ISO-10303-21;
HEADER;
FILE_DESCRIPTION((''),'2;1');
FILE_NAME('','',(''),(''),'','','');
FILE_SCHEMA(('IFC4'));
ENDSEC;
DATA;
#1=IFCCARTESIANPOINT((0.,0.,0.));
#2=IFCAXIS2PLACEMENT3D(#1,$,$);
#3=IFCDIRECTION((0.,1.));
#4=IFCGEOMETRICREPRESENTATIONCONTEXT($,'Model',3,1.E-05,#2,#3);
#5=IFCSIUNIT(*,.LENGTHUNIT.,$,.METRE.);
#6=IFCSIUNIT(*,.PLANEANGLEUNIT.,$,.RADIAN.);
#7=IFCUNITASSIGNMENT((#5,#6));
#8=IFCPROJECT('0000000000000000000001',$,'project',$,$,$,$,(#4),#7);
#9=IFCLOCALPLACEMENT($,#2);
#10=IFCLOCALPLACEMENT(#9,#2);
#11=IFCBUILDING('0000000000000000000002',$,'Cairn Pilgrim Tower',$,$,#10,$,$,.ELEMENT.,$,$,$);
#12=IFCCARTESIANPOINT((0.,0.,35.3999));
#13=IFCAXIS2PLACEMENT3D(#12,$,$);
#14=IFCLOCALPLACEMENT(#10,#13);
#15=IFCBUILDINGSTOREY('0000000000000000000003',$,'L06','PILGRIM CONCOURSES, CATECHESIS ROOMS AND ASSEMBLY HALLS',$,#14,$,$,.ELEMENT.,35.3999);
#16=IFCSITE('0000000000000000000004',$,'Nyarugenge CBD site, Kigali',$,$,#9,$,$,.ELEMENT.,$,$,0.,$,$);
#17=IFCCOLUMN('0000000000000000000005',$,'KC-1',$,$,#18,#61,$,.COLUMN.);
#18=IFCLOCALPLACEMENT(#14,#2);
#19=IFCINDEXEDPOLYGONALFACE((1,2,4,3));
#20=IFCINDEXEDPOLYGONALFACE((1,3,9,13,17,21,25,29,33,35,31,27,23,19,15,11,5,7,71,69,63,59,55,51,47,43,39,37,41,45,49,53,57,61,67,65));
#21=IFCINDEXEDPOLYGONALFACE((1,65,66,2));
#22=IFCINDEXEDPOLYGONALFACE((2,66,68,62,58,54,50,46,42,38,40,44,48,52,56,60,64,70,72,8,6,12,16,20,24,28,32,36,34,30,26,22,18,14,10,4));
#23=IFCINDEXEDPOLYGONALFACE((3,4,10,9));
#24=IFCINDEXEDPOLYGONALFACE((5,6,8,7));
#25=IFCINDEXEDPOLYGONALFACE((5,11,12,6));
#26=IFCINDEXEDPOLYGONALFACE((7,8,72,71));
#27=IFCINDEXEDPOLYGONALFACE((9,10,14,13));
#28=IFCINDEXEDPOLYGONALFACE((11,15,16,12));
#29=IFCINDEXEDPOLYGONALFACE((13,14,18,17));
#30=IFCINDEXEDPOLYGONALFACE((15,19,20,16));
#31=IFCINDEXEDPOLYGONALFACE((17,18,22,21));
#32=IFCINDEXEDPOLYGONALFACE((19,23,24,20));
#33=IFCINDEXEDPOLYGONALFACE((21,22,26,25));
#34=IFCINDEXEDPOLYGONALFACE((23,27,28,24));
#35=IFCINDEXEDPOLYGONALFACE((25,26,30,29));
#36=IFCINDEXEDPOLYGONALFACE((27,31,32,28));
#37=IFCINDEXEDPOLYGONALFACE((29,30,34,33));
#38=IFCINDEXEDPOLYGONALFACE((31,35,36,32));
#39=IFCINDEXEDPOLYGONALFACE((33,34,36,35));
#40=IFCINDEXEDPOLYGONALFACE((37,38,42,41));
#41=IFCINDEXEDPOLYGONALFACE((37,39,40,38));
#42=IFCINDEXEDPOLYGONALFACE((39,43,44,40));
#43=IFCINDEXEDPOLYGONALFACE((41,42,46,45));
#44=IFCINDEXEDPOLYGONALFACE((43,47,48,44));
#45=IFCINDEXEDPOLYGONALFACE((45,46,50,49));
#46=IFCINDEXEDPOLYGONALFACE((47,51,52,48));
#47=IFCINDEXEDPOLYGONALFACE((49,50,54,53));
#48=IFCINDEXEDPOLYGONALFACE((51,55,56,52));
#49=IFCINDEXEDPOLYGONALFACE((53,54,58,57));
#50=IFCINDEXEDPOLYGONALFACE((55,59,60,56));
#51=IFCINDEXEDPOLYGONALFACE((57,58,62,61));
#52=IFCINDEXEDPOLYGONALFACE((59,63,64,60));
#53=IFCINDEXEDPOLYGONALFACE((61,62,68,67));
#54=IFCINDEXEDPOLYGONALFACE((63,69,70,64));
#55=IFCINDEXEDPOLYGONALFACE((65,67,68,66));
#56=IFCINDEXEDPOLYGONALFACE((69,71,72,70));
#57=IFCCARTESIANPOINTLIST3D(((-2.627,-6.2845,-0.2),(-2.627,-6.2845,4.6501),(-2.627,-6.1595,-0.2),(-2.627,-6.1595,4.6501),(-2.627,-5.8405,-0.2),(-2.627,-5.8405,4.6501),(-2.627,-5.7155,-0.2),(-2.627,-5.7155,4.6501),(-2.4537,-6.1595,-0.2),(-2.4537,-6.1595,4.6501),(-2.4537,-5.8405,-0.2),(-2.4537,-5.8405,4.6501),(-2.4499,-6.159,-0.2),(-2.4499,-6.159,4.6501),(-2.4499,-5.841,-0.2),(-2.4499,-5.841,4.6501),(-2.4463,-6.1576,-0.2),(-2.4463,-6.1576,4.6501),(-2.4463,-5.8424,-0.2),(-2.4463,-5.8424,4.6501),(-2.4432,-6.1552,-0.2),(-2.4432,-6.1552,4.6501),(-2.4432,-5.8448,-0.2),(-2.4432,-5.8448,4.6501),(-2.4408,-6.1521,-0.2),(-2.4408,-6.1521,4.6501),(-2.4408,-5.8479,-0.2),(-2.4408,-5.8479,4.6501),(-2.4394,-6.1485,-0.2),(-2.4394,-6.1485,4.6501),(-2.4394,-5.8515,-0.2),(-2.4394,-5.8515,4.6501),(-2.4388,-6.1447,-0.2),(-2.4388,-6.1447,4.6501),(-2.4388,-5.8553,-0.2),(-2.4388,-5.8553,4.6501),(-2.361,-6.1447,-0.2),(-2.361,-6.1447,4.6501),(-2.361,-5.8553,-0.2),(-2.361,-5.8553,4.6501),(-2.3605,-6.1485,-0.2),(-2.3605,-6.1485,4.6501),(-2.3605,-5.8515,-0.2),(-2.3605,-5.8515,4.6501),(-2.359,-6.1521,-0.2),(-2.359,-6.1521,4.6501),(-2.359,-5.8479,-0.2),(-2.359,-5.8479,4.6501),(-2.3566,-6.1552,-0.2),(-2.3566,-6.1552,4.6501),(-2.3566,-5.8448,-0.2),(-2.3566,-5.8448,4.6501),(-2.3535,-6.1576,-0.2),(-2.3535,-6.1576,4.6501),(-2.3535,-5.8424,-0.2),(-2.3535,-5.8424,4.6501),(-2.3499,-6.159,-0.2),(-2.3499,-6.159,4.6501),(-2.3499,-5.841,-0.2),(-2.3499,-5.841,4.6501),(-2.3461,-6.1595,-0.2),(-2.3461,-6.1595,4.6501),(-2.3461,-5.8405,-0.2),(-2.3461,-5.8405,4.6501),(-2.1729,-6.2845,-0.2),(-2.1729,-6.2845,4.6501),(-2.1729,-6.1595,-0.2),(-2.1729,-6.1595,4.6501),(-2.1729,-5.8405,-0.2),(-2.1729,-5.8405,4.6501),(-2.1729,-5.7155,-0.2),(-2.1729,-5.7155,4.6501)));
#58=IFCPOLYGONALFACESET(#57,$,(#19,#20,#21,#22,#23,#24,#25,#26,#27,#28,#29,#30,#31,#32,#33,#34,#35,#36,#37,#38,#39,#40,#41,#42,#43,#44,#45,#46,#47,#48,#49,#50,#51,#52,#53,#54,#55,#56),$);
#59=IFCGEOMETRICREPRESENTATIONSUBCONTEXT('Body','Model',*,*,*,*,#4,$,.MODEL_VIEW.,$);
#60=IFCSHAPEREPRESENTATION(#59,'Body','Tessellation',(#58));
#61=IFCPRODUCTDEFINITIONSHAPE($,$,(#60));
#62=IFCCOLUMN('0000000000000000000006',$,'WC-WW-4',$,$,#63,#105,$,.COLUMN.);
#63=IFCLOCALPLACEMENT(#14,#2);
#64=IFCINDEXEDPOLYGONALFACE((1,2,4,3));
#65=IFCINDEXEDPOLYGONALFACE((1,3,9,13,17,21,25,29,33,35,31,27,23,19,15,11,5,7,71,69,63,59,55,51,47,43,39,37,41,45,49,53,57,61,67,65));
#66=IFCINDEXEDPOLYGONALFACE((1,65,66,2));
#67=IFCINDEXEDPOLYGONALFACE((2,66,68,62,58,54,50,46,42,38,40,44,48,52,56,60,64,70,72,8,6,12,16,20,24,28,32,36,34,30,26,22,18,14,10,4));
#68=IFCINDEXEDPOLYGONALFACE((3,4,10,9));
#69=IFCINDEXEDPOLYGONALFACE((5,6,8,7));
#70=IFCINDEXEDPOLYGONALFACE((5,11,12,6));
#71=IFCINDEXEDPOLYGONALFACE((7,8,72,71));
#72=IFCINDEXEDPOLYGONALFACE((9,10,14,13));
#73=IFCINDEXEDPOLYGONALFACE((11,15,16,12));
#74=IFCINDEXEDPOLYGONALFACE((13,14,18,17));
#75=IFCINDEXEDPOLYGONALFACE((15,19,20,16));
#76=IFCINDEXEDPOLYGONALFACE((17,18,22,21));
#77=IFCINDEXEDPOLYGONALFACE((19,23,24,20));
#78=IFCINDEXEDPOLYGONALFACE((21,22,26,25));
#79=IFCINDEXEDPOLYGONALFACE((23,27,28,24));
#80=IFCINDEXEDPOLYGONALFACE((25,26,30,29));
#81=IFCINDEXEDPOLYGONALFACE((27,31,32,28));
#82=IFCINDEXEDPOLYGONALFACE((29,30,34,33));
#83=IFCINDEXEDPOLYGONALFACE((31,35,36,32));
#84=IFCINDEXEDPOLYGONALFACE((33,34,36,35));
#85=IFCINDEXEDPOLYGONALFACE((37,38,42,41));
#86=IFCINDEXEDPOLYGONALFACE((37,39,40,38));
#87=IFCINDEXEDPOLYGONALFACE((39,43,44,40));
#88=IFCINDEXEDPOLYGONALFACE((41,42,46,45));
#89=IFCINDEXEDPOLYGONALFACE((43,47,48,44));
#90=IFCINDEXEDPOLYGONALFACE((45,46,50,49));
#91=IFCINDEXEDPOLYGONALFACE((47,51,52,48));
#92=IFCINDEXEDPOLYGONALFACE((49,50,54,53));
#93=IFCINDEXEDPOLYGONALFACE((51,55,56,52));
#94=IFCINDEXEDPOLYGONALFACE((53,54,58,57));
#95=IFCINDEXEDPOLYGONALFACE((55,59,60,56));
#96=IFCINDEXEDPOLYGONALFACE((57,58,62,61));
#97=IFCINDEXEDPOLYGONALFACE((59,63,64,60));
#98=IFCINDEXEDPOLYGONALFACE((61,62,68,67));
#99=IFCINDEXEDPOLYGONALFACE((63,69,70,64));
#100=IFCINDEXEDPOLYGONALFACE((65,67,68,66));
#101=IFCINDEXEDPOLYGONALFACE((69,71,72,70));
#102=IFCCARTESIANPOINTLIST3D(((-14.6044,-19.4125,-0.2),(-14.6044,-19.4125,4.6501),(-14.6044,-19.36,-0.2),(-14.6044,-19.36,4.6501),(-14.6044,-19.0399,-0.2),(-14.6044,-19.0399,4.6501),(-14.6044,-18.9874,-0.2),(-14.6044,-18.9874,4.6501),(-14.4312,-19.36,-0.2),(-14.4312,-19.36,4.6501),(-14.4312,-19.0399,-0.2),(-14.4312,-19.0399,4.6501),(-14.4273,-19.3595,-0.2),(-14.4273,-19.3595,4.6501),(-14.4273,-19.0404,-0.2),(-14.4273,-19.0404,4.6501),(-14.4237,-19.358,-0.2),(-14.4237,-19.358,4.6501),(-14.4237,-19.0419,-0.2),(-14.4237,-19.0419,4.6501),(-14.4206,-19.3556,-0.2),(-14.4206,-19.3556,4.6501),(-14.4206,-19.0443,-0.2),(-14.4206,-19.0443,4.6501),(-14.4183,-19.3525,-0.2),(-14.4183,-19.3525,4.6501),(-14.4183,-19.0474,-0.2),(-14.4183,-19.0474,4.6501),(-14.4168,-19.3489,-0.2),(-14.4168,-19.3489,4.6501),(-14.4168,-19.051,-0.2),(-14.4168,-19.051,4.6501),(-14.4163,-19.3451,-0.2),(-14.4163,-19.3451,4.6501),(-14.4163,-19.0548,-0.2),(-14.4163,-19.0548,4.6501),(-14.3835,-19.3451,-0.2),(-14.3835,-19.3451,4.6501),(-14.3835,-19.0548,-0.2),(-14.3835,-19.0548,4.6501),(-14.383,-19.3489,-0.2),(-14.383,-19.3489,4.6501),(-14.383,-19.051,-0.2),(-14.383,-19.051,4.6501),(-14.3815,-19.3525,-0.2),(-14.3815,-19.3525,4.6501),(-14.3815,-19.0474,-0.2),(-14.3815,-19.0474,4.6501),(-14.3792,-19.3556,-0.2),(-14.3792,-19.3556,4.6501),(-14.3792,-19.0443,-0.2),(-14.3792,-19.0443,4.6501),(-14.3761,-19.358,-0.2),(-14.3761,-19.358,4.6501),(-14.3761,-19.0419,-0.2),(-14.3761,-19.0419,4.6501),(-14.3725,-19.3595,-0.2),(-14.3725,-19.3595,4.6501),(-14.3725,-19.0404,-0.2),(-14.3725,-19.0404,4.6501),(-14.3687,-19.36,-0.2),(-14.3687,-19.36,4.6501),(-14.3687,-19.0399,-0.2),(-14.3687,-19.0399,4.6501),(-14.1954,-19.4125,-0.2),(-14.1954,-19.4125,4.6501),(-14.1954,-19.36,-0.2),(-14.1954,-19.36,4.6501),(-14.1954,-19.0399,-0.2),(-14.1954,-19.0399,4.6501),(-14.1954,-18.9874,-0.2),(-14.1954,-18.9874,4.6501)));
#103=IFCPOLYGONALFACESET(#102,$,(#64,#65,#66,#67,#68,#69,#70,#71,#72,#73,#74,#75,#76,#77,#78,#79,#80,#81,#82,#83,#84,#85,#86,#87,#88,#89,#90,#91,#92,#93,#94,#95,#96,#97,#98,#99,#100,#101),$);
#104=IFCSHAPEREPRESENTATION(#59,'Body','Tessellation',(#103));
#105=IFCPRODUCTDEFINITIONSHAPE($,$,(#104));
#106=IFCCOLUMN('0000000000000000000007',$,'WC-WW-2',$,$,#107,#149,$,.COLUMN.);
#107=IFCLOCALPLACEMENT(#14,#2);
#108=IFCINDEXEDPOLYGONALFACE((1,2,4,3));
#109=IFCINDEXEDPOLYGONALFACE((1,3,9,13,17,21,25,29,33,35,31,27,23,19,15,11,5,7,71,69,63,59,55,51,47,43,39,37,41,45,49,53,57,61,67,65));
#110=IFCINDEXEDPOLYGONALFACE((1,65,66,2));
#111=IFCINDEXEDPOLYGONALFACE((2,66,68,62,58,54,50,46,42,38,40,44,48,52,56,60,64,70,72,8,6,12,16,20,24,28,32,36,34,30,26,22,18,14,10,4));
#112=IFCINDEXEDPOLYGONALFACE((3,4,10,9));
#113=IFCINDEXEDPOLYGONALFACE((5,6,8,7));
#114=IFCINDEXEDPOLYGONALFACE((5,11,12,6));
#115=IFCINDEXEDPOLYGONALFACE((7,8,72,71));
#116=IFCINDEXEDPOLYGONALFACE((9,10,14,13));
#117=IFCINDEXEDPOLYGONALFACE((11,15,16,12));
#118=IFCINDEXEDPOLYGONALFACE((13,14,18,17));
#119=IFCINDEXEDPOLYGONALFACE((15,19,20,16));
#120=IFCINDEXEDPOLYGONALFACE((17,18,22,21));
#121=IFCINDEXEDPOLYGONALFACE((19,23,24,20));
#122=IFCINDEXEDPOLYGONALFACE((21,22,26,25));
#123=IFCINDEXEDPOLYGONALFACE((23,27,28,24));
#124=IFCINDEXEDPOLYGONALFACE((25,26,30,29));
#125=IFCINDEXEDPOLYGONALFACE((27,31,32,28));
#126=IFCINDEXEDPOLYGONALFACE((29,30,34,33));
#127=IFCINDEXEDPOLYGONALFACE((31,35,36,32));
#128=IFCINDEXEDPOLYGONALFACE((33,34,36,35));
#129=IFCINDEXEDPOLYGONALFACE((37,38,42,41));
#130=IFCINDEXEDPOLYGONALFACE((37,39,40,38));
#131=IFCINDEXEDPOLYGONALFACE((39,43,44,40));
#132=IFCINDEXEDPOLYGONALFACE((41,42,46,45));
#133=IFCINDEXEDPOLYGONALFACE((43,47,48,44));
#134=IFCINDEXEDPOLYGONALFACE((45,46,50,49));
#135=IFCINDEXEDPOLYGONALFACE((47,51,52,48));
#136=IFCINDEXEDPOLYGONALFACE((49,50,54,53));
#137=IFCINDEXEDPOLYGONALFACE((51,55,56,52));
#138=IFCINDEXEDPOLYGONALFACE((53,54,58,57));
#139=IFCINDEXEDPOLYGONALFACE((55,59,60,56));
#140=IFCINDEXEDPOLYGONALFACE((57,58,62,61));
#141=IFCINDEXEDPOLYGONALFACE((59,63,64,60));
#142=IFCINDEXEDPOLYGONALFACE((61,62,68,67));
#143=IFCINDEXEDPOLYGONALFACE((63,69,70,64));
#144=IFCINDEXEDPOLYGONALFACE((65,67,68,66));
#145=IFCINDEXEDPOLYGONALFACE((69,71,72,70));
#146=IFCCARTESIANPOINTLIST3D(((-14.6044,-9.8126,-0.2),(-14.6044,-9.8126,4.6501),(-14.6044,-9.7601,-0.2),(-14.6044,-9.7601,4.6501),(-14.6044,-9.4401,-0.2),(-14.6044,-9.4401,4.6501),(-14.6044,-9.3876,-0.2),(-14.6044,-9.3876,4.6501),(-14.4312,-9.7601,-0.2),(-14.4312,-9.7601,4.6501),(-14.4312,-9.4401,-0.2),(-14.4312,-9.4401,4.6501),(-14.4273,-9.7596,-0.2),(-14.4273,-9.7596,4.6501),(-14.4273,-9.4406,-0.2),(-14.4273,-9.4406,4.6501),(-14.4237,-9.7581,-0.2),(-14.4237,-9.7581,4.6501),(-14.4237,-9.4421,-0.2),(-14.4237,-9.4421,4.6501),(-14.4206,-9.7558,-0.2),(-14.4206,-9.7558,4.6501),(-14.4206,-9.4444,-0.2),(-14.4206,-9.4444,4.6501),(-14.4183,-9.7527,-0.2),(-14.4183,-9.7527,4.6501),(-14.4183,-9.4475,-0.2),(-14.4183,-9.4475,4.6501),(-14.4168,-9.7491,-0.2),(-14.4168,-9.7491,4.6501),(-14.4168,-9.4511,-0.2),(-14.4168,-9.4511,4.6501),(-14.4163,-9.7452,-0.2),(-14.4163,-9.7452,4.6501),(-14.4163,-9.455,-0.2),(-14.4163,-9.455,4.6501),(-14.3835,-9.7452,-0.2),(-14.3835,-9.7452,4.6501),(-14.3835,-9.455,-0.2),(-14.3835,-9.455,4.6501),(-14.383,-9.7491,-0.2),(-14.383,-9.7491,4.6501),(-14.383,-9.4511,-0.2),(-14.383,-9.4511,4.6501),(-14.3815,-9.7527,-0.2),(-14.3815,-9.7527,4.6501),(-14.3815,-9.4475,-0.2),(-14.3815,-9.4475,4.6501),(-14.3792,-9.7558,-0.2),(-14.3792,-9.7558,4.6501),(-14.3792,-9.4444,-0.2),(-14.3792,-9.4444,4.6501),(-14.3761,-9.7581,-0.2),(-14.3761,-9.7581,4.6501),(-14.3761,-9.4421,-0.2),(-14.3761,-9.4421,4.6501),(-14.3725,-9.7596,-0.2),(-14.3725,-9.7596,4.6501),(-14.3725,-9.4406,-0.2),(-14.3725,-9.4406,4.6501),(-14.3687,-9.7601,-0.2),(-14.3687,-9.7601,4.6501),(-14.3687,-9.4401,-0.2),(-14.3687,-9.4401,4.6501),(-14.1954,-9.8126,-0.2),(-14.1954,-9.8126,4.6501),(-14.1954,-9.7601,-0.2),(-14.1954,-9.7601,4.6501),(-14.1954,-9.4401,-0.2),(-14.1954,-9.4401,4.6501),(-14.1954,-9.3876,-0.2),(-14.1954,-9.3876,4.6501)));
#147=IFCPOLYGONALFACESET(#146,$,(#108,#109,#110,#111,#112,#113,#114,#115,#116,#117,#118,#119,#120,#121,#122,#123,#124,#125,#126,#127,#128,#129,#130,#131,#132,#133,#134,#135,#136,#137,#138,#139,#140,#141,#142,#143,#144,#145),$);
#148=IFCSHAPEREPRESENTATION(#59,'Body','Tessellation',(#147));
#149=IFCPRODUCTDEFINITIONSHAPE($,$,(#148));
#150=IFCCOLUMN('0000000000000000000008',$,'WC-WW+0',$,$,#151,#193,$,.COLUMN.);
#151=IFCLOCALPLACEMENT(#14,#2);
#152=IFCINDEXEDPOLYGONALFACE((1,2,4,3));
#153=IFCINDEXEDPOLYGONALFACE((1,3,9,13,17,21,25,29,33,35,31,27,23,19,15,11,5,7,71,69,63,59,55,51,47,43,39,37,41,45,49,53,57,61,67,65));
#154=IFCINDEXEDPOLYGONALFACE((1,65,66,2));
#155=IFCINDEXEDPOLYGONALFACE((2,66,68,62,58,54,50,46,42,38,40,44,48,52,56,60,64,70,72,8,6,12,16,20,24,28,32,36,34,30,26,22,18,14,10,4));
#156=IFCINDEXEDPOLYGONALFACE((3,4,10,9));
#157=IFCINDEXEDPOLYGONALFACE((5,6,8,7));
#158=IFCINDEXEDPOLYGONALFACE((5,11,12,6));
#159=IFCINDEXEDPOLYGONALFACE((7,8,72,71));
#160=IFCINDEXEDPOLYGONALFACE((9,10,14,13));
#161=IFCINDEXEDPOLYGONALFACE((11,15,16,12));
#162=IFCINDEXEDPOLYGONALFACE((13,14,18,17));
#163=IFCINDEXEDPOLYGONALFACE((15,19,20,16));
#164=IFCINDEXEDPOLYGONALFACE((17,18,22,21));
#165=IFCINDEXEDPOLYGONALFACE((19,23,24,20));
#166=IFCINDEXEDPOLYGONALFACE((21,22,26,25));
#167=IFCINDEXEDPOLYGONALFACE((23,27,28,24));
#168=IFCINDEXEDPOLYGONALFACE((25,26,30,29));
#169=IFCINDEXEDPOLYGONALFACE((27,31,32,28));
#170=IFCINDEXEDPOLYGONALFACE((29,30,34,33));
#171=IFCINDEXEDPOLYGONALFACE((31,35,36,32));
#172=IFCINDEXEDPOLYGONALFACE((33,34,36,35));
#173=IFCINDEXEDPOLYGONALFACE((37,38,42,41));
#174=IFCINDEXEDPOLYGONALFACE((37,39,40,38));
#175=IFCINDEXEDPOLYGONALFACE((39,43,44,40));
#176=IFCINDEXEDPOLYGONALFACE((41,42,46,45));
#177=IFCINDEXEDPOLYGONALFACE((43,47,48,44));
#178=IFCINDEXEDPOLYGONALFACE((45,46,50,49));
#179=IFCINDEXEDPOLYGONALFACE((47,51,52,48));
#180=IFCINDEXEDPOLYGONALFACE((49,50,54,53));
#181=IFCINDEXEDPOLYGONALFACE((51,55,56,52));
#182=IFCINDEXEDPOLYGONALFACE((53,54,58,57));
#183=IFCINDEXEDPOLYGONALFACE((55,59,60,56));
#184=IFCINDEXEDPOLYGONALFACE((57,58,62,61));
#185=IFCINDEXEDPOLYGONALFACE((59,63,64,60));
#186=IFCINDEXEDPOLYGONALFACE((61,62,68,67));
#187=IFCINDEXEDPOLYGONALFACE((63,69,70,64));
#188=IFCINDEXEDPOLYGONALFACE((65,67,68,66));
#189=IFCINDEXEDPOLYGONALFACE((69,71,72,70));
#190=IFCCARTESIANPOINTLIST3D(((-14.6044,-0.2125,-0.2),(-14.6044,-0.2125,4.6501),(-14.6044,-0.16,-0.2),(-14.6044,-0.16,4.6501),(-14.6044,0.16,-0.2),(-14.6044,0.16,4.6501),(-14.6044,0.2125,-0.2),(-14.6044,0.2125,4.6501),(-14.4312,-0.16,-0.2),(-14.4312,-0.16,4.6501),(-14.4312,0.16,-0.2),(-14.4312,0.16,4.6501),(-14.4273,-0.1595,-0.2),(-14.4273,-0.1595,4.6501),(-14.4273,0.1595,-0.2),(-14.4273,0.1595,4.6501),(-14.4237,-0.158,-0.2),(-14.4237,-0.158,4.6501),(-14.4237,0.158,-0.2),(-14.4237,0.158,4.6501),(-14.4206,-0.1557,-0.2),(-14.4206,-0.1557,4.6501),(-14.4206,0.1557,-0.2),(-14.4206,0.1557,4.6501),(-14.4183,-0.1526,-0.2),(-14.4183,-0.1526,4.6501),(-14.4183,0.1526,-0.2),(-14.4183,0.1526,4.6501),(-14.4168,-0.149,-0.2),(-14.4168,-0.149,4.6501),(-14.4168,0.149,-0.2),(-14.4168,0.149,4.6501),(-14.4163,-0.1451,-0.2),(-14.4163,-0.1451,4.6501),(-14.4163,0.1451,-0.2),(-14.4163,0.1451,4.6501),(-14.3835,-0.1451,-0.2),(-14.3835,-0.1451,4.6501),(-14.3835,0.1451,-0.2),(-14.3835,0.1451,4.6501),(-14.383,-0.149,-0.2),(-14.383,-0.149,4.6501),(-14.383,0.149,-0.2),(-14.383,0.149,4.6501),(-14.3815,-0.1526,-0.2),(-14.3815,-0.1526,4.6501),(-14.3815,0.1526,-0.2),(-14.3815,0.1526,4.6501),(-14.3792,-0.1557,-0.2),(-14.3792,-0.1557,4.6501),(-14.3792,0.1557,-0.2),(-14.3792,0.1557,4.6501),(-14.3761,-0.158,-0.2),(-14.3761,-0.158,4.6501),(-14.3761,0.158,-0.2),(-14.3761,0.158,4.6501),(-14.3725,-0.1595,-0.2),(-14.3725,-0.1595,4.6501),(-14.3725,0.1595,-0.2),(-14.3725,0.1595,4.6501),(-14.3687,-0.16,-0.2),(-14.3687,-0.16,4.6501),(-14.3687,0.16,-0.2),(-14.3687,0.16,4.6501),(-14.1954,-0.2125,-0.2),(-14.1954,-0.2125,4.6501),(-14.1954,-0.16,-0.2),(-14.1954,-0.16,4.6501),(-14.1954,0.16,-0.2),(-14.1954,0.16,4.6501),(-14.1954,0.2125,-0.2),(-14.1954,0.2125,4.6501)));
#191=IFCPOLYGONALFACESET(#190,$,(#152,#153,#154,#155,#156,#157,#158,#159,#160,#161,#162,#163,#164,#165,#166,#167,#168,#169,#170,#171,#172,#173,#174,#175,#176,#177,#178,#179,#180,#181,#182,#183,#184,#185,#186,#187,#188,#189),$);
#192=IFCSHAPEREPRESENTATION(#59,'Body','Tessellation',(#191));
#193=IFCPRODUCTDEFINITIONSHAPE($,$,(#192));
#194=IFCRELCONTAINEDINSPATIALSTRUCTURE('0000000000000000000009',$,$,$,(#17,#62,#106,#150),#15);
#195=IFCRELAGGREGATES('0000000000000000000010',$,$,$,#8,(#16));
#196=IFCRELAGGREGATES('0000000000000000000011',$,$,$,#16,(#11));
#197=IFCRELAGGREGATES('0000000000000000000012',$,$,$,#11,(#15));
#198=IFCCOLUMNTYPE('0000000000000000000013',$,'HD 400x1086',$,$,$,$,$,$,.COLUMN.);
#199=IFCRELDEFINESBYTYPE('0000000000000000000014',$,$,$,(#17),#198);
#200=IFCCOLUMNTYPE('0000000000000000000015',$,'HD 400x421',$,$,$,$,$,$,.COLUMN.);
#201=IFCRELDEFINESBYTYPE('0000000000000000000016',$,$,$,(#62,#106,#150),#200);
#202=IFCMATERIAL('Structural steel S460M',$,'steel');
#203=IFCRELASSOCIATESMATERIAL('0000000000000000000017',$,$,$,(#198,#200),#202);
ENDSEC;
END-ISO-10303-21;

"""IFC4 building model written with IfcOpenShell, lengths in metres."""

from ifc_helpers import new_model, si_unit, direction, frame, origin, origin_2d, place, context, subcontext, project, spatial, i_section, extrude, material, material_profile, profile_set, type_object, element, save


model = new_model("IFC4")

# Units and contexts
model_context = context("Model", 3, precision=1e-05, world=origin(), true_north=direction((0.0, 1.0)))
body_context = subcontext(model_context, "Body", "Model", "MODEL_VIEW")
ifc_project = project(units=[si_unit("LENGTHUNIT", "METRE"), si_unit("PLANEANGLEUNIT", "RADIAN")], contexts=[model_context])

# Site, building, storey
site_placement = place(None, origin())
site = spatial("IfcSite", under=ifc_project, at=site_placement, Name="Nyarugenge CBD site, Kigali", CompositionType="ELEMENT", RefElevation=0.0)
building_placement = place(site_placement, origin())
building = spatial("IfcBuilding", under=site, at=building_placement, Name="Cairn Pilgrim Tower", CompositionType="ELEMENT")
storey_placement = place(building_placement, frame((0.0, 0.0, 35.3999)))
storey = spatial("IfcBuildingStorey", under=building, at=storey_placement, Name="L06", Description="PILGRIM CONCOURSES, CATECHESIS ROOMS AND ASSEMBLY HALLS", CompositionType="ELEMENT", Elevation=35.3999)

# Columns
ifc_material_1 = material(Name="Structural steel S460M", Category="steel")
ifc_material_profile_1 = material_profile(ifc_material_1, i_section(OverallWidth=0.4541, OverallDepth=0.5691, WebThickness=0.0779, FlangeThickness=0.125, FilletRadius=0.0149, at=origin_2d()), Name="HD 400x1086")
ifc_profile_set_1 = profile_set([ifc_material_profile_1], Name="Structural steel S460M")
column_type_1 = type_object("IfcColumnType", Name="HD 400x1086", PredefinedType="COLUMN", material=ifc_profile_set_1)
column_1_placement = place(storey_placement, frame((-2.3999, -6.0, -0.2), z_axis=(0.0, 0.0, 1.0), x_axis=(1.0, 0.0, 0.0)))
element("IfcColumn", 1, at=column_1_placement, inside=storey, type_object=column_type_1, Name="KC-1", PredefinedType="COLUMN", context=body_context, shape_type="SweptSolid", body=[
    extrude(i_section(OverallWidth=0.4541, OverallDepth=0.5691, WebThickness=0.0779, FlangeThickness=0.125, FilletRadius=0.0149, at=origin_2d()), origin(), (0.0, 0.0, 1.0), 4.8501),
])
ifc_material_profile_2 = material_profile(ifc_material_1, i_section(OverallWidth=0.4089, OverallDepth=0.425, WebThickness=0.0327, FlangeThickness=0.0525, FilletRadius=0.0149, at=origin_2d()), Name="HD 400x421")
ifc_profile_set_2 = profile_set([ifc_material_profile_2], Name="Structural steel S460M")
column_type_2 = type_object("IfcColumnType", Name="HD 400x421", PredefinedType="COLUMN", material=ifc_profile_set_2)
for number, where, z_axis, x_axis, name in (
    (2, (-14.3999, -19.2, -0.2), (0.0, 0.0, 1.0), (1.0, 0.0, 0.0), "WC-WW-4"),
    (3, (-14.3999, -9.6001, -0.2), (0.0, 0.0, 1.0), (1.0, 0.0, 0.0), "WC-WW-2"),
    (4, (-14.3999, 0.0, -0.2), (0.0, 0.0, 1.0), (1.0, 0.0, 0.0), "WC-WW+0"),
):
    element("IfcColumn", number, at=place(storey_placement, frame(where, z_axis=z_axis, x_axis=x_axis)), inside=storey, type_object=column_type_2, Name=name, PredefinedType="COLUMN", context=body_context, shape_type="SweptSolid", body=[
        extrude(i_section(OverallWidth=0.4089, OverallDepth=0.425, WebThickness=0.0327, FlangeThickness=0.0525, FilletRadius=0.0149, at=origin_2d()), origin(), (0.0, 0.0, 1.0), 4.8501),
    ])

save(model, "model.ifc")
